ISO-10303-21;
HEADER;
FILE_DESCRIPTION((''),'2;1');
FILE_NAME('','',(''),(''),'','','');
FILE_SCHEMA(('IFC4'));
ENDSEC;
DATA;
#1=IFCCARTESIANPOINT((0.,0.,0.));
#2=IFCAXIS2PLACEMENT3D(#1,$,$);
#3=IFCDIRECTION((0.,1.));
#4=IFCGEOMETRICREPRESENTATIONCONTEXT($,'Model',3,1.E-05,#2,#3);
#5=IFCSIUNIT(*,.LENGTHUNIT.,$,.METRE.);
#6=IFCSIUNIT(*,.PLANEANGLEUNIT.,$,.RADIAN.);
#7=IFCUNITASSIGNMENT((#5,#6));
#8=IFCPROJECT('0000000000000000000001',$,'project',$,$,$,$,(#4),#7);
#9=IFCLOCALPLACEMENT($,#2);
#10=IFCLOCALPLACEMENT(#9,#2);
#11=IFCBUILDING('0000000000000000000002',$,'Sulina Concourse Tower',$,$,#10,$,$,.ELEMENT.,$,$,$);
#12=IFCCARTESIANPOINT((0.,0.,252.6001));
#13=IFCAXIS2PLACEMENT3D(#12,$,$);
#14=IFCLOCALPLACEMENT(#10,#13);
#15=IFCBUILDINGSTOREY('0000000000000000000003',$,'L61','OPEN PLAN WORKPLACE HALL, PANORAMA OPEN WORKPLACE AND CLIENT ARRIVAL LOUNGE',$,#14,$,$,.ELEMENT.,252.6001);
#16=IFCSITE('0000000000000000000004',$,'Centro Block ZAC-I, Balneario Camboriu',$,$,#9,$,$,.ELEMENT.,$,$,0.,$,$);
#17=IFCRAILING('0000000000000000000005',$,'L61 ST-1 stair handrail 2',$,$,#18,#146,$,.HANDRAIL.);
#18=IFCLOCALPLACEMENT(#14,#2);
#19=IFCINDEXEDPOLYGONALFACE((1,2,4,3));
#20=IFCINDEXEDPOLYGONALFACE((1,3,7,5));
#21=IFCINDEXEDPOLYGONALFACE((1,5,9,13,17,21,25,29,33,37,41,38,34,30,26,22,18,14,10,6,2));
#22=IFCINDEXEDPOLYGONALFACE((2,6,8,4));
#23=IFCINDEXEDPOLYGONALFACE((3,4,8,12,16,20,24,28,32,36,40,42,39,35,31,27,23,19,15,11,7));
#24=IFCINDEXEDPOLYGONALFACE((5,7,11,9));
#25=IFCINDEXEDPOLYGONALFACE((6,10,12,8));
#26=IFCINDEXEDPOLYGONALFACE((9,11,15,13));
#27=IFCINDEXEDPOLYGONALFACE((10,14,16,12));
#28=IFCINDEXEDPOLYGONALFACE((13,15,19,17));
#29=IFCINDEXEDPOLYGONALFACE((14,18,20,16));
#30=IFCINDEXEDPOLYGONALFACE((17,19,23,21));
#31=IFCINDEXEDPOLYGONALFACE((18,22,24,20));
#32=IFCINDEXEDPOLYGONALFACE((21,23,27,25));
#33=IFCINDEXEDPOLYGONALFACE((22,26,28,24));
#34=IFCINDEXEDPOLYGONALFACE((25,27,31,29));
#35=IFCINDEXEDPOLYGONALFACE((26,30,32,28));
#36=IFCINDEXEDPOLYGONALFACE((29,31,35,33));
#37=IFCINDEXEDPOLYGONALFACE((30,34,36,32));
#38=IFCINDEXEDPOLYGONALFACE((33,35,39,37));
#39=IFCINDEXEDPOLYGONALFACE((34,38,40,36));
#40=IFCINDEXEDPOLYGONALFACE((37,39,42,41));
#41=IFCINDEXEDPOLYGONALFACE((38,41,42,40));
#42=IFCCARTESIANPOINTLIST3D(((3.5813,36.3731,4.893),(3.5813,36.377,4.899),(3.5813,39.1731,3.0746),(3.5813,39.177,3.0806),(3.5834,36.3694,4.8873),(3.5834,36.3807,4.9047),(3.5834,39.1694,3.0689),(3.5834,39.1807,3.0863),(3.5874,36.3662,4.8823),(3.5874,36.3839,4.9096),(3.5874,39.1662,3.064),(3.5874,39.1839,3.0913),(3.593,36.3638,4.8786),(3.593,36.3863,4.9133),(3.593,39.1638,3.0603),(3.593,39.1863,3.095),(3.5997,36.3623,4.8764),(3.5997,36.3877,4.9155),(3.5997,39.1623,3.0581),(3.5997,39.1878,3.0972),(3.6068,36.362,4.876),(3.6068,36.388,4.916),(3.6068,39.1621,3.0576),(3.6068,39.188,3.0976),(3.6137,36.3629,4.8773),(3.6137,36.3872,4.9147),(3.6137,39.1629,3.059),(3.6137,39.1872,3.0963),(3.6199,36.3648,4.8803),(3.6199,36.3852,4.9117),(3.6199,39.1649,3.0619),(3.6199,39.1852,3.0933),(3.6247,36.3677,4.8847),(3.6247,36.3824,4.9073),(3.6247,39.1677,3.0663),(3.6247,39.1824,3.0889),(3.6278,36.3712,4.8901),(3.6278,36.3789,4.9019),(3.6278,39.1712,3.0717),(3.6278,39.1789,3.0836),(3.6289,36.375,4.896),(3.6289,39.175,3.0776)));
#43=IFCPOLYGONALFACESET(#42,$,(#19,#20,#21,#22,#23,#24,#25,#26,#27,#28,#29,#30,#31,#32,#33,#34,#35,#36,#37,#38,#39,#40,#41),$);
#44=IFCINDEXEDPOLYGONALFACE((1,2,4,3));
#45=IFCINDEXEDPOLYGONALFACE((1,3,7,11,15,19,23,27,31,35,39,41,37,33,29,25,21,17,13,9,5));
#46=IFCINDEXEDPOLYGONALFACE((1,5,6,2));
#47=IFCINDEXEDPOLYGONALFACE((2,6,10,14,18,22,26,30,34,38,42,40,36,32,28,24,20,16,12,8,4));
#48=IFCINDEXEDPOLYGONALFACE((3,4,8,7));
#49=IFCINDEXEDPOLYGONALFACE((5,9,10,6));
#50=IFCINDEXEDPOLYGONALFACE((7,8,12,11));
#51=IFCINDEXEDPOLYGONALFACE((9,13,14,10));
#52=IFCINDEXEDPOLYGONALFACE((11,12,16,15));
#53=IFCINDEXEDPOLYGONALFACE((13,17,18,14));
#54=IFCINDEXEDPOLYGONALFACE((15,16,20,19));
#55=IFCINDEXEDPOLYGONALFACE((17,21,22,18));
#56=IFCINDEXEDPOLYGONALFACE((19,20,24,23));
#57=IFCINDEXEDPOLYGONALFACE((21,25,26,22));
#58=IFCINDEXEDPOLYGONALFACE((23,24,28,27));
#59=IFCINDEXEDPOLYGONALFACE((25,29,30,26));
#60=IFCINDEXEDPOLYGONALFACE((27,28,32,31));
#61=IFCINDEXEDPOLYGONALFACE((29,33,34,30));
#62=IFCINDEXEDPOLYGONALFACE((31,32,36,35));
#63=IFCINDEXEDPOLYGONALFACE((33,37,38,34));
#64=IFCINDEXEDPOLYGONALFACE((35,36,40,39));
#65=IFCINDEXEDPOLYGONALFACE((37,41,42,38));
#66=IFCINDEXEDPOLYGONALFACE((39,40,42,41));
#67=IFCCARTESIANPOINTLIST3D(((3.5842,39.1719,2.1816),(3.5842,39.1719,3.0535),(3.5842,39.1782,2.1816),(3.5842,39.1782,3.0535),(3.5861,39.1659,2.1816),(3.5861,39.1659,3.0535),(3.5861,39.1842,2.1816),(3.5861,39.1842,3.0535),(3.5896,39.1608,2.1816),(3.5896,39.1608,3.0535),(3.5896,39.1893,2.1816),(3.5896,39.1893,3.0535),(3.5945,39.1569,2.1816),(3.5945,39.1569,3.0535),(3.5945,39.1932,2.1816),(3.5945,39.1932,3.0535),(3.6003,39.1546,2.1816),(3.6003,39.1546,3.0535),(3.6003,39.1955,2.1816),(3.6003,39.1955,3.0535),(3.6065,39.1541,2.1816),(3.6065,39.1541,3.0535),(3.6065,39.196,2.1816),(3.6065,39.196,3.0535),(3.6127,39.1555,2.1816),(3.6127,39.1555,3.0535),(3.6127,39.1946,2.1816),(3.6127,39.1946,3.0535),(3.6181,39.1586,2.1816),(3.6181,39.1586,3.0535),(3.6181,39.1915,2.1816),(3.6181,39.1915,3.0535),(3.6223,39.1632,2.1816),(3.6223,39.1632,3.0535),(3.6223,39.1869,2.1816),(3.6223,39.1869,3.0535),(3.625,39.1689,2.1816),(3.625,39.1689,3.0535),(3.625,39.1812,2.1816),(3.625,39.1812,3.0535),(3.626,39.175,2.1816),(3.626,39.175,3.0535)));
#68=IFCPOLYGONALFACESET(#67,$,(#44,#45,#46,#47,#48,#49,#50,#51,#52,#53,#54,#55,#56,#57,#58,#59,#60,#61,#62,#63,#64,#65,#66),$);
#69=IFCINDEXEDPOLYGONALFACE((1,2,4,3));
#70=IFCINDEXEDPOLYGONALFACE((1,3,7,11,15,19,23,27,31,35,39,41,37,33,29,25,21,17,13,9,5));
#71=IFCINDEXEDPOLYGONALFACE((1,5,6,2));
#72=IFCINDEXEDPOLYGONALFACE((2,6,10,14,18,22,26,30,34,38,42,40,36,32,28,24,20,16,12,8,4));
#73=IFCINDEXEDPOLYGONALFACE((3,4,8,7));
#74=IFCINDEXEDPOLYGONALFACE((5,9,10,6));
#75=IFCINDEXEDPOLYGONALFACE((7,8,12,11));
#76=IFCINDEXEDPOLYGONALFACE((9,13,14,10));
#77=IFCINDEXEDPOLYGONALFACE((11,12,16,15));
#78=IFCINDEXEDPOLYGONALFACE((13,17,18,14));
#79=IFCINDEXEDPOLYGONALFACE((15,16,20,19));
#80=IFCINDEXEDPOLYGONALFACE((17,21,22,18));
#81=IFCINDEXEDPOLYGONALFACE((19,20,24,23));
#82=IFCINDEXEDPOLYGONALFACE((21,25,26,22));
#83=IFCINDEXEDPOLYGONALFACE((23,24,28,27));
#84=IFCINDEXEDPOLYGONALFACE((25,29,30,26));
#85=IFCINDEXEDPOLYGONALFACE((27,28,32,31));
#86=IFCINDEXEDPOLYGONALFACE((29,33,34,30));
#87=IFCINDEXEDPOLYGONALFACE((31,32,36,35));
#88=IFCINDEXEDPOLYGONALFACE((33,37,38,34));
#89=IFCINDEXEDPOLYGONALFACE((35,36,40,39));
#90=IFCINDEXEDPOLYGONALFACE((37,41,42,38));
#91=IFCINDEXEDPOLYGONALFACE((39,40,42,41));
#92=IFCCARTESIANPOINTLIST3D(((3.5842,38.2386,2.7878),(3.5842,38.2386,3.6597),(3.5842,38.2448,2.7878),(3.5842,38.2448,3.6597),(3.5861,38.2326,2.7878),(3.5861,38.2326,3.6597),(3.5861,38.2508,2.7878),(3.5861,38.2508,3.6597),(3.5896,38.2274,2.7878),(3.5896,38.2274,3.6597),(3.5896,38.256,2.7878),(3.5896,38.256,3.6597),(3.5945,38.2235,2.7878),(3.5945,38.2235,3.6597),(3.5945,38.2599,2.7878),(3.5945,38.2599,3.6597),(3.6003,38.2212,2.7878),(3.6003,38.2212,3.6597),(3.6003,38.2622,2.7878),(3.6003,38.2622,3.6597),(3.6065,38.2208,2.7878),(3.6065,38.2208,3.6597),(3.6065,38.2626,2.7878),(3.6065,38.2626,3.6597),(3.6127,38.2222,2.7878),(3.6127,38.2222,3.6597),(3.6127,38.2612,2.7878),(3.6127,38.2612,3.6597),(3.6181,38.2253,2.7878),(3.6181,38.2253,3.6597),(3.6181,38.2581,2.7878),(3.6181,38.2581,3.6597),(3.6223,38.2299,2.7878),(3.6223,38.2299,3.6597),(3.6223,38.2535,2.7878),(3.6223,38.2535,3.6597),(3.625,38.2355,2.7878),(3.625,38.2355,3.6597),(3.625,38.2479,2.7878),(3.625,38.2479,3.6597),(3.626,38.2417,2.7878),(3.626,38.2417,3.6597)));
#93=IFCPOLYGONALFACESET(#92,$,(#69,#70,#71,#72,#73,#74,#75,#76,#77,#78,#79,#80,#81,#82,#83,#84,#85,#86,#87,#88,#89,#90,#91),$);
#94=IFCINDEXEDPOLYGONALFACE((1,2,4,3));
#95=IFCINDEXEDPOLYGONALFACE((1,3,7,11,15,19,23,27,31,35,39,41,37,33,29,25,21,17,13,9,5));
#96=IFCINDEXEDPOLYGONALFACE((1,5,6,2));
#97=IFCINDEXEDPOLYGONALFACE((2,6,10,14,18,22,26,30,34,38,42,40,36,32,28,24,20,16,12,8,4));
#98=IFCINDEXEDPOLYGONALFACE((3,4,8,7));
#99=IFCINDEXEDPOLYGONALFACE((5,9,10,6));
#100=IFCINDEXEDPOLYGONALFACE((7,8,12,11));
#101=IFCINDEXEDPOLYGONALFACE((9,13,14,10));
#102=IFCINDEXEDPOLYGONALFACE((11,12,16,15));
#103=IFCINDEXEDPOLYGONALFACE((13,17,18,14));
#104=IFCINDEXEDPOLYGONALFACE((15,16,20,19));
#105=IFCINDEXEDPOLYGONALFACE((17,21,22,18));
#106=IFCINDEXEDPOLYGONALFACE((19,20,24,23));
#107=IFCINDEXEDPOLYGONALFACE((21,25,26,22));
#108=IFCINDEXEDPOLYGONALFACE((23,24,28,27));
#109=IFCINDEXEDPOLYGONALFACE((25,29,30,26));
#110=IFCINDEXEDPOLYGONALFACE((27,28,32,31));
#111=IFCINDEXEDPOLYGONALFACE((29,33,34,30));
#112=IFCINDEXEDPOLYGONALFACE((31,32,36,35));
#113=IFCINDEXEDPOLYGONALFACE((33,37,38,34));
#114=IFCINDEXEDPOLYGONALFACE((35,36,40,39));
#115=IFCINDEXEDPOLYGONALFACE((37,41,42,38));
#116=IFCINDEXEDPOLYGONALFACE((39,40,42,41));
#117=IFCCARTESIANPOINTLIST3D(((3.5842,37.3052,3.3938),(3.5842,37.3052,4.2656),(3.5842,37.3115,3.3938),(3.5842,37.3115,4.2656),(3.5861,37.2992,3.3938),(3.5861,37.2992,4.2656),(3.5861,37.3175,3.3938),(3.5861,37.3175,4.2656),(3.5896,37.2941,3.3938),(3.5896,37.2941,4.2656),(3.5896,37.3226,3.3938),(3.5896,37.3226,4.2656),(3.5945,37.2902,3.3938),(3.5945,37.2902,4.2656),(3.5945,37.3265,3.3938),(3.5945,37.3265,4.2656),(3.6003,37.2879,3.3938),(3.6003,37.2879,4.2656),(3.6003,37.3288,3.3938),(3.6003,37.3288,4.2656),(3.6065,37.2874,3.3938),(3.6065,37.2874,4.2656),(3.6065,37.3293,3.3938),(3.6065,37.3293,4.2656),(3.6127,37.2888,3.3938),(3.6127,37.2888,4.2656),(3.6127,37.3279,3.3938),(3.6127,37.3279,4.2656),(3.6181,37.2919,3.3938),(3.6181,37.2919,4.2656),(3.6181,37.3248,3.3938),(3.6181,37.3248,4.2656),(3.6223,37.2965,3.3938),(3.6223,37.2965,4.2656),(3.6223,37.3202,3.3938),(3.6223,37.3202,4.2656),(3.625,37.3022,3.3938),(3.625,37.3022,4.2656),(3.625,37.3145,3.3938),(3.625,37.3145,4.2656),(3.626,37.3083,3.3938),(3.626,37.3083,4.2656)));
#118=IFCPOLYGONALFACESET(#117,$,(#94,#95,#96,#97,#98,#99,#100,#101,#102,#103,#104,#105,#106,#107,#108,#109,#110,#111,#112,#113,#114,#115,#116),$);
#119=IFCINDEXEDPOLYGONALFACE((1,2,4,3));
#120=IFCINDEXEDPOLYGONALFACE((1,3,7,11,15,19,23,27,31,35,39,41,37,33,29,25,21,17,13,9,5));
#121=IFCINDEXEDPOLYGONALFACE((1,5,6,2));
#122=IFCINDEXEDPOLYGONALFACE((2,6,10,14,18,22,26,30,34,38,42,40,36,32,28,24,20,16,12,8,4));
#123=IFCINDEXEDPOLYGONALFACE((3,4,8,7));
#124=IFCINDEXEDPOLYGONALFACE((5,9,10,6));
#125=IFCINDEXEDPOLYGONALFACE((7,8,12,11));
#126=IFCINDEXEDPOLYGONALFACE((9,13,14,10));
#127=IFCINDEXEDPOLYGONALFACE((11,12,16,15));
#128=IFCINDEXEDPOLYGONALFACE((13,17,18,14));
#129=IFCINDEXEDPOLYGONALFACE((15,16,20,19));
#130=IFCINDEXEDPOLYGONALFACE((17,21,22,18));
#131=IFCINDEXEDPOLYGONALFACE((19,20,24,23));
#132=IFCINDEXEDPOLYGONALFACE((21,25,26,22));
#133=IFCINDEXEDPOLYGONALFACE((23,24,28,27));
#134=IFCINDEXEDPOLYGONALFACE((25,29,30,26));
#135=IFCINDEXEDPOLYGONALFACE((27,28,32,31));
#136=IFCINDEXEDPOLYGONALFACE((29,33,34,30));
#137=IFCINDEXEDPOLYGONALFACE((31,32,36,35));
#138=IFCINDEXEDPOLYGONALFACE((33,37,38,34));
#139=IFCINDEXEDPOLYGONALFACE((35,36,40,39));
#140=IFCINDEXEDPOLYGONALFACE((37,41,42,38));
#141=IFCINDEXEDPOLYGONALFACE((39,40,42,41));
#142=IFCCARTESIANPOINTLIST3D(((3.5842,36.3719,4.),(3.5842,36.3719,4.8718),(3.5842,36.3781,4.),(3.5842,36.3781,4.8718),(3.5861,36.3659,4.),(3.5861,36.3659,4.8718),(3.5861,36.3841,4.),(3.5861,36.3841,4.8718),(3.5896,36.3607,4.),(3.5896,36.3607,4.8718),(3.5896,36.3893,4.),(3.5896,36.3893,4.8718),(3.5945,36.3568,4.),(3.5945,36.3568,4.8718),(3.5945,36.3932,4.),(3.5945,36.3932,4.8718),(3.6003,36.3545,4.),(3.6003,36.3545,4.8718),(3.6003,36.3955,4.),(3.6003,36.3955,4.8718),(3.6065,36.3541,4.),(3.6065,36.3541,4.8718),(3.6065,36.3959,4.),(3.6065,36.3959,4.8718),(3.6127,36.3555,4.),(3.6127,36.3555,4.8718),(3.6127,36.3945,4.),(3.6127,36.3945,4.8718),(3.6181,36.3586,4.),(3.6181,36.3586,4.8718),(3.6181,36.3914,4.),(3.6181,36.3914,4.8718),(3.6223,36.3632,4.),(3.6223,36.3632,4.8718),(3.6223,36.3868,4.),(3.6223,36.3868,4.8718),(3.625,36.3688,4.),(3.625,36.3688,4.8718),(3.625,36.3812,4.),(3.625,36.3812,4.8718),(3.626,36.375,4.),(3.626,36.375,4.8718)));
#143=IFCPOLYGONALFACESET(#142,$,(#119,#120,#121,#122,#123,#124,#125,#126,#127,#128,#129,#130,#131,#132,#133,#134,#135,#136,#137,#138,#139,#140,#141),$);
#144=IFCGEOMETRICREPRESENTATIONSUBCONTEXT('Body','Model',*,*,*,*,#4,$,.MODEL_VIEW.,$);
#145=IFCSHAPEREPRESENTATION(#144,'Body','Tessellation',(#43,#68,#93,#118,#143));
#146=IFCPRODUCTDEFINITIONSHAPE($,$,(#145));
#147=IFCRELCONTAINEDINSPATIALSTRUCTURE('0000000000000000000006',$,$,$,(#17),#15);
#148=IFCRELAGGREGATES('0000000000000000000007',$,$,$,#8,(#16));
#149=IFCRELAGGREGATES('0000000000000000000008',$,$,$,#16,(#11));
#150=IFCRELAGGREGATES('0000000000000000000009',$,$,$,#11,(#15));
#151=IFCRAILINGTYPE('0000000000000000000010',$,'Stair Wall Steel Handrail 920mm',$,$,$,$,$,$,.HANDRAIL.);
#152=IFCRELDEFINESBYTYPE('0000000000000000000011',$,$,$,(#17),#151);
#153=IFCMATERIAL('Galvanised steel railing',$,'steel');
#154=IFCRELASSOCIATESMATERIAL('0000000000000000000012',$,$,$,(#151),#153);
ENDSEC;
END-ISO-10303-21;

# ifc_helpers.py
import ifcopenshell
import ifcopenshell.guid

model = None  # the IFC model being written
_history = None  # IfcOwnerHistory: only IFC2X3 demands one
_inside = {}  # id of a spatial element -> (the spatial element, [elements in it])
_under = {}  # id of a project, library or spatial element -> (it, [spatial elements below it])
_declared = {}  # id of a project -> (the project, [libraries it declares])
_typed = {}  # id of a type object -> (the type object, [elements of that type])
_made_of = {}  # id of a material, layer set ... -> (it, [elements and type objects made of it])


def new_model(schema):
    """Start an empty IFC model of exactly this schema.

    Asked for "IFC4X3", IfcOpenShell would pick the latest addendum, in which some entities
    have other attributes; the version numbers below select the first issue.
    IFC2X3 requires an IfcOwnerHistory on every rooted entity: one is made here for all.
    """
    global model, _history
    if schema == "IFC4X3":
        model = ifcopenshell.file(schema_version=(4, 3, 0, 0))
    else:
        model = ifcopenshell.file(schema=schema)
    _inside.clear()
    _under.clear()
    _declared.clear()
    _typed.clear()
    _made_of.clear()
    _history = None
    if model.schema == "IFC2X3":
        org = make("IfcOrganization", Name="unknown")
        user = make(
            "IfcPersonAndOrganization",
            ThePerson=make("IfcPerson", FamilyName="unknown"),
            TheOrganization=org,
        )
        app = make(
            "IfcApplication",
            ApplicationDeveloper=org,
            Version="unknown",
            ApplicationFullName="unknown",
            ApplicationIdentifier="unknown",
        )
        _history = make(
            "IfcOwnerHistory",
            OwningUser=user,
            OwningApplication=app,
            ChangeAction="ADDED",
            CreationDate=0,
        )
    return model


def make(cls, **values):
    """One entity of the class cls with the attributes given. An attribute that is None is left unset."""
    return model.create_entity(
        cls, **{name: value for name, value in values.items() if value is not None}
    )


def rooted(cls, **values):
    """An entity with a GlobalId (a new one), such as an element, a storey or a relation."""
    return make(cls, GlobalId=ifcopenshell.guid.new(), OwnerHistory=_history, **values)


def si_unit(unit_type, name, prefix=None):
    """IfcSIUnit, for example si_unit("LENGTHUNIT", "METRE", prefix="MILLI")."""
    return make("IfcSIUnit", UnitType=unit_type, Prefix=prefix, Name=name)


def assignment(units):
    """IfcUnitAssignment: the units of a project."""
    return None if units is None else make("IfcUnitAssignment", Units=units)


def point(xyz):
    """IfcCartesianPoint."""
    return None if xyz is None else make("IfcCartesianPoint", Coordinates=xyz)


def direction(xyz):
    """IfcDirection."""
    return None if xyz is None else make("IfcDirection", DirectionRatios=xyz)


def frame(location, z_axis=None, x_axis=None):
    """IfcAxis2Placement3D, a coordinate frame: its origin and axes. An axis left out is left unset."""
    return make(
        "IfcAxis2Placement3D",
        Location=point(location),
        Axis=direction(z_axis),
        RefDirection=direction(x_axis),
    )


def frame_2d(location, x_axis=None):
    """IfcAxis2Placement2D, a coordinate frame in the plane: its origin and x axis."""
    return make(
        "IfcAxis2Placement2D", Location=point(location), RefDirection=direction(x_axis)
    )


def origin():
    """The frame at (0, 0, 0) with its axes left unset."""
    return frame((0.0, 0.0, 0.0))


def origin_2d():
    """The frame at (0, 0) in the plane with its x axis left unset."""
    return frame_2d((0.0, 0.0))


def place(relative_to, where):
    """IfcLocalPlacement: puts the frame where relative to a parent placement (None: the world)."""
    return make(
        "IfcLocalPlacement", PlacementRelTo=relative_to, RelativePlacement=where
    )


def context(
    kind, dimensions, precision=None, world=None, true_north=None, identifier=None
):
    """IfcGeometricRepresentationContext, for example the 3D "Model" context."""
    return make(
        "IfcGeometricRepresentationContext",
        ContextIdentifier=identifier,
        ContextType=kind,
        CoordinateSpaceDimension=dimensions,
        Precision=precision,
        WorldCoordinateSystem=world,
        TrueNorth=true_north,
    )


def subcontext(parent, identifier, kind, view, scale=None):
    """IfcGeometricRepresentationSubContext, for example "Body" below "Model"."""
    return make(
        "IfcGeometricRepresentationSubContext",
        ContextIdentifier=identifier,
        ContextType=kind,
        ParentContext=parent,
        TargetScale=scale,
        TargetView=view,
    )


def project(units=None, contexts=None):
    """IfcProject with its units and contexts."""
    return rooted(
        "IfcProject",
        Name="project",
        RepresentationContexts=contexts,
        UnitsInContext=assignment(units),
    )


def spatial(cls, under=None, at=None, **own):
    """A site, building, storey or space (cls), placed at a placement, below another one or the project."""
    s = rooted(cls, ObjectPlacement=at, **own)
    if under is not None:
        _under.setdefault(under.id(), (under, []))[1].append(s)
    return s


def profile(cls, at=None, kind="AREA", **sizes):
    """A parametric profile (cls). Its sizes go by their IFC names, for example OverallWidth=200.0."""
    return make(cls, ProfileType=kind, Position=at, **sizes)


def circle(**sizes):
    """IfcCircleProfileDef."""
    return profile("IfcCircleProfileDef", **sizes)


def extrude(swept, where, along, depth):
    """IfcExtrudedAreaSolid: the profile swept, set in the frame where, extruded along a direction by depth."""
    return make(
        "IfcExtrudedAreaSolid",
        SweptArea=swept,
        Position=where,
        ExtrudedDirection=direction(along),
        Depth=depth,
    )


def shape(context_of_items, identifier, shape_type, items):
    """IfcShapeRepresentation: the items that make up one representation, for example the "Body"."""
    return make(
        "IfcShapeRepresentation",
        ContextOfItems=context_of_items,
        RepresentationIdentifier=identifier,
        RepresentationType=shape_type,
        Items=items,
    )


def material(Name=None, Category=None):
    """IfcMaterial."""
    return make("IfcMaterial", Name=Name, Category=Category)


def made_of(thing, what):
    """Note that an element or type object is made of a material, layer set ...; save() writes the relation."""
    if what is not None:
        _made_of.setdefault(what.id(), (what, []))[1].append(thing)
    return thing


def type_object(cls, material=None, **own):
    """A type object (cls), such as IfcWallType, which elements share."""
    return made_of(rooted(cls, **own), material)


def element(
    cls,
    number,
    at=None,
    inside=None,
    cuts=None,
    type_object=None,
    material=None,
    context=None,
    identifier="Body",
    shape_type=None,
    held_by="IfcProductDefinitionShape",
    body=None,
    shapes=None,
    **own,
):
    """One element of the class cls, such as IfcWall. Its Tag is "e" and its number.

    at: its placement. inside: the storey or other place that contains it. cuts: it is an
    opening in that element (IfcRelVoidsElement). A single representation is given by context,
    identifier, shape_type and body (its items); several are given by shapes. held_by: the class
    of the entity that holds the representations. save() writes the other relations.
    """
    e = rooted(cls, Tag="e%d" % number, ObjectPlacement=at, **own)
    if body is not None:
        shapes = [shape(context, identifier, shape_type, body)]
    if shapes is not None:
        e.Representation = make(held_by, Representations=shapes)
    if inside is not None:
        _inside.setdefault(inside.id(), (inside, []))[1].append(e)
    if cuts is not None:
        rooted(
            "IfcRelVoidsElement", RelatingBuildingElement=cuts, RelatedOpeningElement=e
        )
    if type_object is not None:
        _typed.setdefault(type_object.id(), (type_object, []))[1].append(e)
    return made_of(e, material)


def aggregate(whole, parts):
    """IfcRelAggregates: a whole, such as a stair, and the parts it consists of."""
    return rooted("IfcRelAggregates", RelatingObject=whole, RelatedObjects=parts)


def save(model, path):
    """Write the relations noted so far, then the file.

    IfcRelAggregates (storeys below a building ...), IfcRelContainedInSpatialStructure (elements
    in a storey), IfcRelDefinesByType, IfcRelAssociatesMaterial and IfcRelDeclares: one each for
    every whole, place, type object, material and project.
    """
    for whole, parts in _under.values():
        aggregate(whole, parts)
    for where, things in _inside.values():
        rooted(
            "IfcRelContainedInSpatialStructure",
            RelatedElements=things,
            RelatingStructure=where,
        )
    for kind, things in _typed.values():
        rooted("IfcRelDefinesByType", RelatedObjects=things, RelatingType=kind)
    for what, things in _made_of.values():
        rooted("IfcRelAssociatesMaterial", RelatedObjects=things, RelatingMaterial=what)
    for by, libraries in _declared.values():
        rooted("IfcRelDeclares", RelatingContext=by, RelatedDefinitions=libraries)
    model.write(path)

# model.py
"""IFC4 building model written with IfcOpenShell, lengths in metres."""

from ifc_helpers import new_model, si_unit, direction, frame, origin, origin_2d, place, context, subcontext, project, spatial, circle, extrude, material, type_object, element, save


model = new_model("IFC4")

# Units and contexts
model_context = context("Model", 3, precision=1e-05, world=origin(), true_north=direction((0.0, 1.0)))
body_context = subcontext(model_context, "Body", "Model", "MODEL_VIEW")
ifc_project = project(units=[si_unit("LENGTHUNIT", "METRE"), si_unit("PLANEANGLEUNIT", "RADIAN")], contexts=[model_context])

# Site, building, storey
site_placement = place(None, origin())
site = spatial("IfcSite", under=ifc_project, at=site_placement, Name="Centro Block ZAC-I, Balneario Camboriu", CompositionType="ELEMENT", RefElevation=0.0)
building_placement = place(site_placement, origin())
building = spatial("IfcBuilding", under=site, at=building_placement, Name="Sulina Concourse Tower", CompositionType="ELEMENT")
storey_placement = place(building_placement, frame((0.0, 0.0, 252.6001)))
storey = spatial("IfcBuildingStorey", under=building, at=storey_placement, Name="L61", Description="OPEN PLAN WORKPLACE HALL, PANORAMA OPEN WORKPLACE AND CLIENT ARRIVAL LOUNGE", CompositionType="ELEMENT", Elevation=252.6001)

# Railing
ifc_material_1 = material(Name="Galvanised steel railing", Category="steel")
railing_type_1 = type_object("IfcRailingType", Name="Stair Wall Steel Handrail 920mm", PredefinedType="HANDRAIL", material=ifc_material_1)
railing_1_placement = place(storey_placement, frame((3.605, 39.175, 2.1816)))
element("IfcRailing", 1, at=railing_1_placement, inside=storey, type_object=railing_type_1, Name="L61 ST-1 stair handrail 2", PredefinedType="HANDRAIL", context=body_context, shape_type="SweptSolid", body=[
    extrude(circle(Radius=0.0239, at=origin_2d()), frame((0.0, 0.0, 0.896), z_axis=(0.0, -0.838672, 0.544636), x_axis=(1.0, 0.0, 0.0)), (0.0, 0.0, 1.0), 3.3386),
    extrude(circle(Radius=0.021, at=origin_2d()), origin(), (0.0, 0.0, 1.0), 0.8718),
    extrude(circle(Radius=0.021, at=origin_2d()), frame((0.0, -0.9333, 0.6062)), (0.0, 0.0, 1.0), 0.8718),
    extrude(circle(Radius=0.021, at=origin_2d()), frame((0.0, -1.8667, 1.2122)), (0.0, 0.0, 1.0), 0.8718),
    extrude(circle(Radius=0.021, at=origin_2d()), frame((0.0, -2.8, 1.8184)), (0.0, 0.0, 1.0), 0.8718),
])

save(model, "model.ifc")
